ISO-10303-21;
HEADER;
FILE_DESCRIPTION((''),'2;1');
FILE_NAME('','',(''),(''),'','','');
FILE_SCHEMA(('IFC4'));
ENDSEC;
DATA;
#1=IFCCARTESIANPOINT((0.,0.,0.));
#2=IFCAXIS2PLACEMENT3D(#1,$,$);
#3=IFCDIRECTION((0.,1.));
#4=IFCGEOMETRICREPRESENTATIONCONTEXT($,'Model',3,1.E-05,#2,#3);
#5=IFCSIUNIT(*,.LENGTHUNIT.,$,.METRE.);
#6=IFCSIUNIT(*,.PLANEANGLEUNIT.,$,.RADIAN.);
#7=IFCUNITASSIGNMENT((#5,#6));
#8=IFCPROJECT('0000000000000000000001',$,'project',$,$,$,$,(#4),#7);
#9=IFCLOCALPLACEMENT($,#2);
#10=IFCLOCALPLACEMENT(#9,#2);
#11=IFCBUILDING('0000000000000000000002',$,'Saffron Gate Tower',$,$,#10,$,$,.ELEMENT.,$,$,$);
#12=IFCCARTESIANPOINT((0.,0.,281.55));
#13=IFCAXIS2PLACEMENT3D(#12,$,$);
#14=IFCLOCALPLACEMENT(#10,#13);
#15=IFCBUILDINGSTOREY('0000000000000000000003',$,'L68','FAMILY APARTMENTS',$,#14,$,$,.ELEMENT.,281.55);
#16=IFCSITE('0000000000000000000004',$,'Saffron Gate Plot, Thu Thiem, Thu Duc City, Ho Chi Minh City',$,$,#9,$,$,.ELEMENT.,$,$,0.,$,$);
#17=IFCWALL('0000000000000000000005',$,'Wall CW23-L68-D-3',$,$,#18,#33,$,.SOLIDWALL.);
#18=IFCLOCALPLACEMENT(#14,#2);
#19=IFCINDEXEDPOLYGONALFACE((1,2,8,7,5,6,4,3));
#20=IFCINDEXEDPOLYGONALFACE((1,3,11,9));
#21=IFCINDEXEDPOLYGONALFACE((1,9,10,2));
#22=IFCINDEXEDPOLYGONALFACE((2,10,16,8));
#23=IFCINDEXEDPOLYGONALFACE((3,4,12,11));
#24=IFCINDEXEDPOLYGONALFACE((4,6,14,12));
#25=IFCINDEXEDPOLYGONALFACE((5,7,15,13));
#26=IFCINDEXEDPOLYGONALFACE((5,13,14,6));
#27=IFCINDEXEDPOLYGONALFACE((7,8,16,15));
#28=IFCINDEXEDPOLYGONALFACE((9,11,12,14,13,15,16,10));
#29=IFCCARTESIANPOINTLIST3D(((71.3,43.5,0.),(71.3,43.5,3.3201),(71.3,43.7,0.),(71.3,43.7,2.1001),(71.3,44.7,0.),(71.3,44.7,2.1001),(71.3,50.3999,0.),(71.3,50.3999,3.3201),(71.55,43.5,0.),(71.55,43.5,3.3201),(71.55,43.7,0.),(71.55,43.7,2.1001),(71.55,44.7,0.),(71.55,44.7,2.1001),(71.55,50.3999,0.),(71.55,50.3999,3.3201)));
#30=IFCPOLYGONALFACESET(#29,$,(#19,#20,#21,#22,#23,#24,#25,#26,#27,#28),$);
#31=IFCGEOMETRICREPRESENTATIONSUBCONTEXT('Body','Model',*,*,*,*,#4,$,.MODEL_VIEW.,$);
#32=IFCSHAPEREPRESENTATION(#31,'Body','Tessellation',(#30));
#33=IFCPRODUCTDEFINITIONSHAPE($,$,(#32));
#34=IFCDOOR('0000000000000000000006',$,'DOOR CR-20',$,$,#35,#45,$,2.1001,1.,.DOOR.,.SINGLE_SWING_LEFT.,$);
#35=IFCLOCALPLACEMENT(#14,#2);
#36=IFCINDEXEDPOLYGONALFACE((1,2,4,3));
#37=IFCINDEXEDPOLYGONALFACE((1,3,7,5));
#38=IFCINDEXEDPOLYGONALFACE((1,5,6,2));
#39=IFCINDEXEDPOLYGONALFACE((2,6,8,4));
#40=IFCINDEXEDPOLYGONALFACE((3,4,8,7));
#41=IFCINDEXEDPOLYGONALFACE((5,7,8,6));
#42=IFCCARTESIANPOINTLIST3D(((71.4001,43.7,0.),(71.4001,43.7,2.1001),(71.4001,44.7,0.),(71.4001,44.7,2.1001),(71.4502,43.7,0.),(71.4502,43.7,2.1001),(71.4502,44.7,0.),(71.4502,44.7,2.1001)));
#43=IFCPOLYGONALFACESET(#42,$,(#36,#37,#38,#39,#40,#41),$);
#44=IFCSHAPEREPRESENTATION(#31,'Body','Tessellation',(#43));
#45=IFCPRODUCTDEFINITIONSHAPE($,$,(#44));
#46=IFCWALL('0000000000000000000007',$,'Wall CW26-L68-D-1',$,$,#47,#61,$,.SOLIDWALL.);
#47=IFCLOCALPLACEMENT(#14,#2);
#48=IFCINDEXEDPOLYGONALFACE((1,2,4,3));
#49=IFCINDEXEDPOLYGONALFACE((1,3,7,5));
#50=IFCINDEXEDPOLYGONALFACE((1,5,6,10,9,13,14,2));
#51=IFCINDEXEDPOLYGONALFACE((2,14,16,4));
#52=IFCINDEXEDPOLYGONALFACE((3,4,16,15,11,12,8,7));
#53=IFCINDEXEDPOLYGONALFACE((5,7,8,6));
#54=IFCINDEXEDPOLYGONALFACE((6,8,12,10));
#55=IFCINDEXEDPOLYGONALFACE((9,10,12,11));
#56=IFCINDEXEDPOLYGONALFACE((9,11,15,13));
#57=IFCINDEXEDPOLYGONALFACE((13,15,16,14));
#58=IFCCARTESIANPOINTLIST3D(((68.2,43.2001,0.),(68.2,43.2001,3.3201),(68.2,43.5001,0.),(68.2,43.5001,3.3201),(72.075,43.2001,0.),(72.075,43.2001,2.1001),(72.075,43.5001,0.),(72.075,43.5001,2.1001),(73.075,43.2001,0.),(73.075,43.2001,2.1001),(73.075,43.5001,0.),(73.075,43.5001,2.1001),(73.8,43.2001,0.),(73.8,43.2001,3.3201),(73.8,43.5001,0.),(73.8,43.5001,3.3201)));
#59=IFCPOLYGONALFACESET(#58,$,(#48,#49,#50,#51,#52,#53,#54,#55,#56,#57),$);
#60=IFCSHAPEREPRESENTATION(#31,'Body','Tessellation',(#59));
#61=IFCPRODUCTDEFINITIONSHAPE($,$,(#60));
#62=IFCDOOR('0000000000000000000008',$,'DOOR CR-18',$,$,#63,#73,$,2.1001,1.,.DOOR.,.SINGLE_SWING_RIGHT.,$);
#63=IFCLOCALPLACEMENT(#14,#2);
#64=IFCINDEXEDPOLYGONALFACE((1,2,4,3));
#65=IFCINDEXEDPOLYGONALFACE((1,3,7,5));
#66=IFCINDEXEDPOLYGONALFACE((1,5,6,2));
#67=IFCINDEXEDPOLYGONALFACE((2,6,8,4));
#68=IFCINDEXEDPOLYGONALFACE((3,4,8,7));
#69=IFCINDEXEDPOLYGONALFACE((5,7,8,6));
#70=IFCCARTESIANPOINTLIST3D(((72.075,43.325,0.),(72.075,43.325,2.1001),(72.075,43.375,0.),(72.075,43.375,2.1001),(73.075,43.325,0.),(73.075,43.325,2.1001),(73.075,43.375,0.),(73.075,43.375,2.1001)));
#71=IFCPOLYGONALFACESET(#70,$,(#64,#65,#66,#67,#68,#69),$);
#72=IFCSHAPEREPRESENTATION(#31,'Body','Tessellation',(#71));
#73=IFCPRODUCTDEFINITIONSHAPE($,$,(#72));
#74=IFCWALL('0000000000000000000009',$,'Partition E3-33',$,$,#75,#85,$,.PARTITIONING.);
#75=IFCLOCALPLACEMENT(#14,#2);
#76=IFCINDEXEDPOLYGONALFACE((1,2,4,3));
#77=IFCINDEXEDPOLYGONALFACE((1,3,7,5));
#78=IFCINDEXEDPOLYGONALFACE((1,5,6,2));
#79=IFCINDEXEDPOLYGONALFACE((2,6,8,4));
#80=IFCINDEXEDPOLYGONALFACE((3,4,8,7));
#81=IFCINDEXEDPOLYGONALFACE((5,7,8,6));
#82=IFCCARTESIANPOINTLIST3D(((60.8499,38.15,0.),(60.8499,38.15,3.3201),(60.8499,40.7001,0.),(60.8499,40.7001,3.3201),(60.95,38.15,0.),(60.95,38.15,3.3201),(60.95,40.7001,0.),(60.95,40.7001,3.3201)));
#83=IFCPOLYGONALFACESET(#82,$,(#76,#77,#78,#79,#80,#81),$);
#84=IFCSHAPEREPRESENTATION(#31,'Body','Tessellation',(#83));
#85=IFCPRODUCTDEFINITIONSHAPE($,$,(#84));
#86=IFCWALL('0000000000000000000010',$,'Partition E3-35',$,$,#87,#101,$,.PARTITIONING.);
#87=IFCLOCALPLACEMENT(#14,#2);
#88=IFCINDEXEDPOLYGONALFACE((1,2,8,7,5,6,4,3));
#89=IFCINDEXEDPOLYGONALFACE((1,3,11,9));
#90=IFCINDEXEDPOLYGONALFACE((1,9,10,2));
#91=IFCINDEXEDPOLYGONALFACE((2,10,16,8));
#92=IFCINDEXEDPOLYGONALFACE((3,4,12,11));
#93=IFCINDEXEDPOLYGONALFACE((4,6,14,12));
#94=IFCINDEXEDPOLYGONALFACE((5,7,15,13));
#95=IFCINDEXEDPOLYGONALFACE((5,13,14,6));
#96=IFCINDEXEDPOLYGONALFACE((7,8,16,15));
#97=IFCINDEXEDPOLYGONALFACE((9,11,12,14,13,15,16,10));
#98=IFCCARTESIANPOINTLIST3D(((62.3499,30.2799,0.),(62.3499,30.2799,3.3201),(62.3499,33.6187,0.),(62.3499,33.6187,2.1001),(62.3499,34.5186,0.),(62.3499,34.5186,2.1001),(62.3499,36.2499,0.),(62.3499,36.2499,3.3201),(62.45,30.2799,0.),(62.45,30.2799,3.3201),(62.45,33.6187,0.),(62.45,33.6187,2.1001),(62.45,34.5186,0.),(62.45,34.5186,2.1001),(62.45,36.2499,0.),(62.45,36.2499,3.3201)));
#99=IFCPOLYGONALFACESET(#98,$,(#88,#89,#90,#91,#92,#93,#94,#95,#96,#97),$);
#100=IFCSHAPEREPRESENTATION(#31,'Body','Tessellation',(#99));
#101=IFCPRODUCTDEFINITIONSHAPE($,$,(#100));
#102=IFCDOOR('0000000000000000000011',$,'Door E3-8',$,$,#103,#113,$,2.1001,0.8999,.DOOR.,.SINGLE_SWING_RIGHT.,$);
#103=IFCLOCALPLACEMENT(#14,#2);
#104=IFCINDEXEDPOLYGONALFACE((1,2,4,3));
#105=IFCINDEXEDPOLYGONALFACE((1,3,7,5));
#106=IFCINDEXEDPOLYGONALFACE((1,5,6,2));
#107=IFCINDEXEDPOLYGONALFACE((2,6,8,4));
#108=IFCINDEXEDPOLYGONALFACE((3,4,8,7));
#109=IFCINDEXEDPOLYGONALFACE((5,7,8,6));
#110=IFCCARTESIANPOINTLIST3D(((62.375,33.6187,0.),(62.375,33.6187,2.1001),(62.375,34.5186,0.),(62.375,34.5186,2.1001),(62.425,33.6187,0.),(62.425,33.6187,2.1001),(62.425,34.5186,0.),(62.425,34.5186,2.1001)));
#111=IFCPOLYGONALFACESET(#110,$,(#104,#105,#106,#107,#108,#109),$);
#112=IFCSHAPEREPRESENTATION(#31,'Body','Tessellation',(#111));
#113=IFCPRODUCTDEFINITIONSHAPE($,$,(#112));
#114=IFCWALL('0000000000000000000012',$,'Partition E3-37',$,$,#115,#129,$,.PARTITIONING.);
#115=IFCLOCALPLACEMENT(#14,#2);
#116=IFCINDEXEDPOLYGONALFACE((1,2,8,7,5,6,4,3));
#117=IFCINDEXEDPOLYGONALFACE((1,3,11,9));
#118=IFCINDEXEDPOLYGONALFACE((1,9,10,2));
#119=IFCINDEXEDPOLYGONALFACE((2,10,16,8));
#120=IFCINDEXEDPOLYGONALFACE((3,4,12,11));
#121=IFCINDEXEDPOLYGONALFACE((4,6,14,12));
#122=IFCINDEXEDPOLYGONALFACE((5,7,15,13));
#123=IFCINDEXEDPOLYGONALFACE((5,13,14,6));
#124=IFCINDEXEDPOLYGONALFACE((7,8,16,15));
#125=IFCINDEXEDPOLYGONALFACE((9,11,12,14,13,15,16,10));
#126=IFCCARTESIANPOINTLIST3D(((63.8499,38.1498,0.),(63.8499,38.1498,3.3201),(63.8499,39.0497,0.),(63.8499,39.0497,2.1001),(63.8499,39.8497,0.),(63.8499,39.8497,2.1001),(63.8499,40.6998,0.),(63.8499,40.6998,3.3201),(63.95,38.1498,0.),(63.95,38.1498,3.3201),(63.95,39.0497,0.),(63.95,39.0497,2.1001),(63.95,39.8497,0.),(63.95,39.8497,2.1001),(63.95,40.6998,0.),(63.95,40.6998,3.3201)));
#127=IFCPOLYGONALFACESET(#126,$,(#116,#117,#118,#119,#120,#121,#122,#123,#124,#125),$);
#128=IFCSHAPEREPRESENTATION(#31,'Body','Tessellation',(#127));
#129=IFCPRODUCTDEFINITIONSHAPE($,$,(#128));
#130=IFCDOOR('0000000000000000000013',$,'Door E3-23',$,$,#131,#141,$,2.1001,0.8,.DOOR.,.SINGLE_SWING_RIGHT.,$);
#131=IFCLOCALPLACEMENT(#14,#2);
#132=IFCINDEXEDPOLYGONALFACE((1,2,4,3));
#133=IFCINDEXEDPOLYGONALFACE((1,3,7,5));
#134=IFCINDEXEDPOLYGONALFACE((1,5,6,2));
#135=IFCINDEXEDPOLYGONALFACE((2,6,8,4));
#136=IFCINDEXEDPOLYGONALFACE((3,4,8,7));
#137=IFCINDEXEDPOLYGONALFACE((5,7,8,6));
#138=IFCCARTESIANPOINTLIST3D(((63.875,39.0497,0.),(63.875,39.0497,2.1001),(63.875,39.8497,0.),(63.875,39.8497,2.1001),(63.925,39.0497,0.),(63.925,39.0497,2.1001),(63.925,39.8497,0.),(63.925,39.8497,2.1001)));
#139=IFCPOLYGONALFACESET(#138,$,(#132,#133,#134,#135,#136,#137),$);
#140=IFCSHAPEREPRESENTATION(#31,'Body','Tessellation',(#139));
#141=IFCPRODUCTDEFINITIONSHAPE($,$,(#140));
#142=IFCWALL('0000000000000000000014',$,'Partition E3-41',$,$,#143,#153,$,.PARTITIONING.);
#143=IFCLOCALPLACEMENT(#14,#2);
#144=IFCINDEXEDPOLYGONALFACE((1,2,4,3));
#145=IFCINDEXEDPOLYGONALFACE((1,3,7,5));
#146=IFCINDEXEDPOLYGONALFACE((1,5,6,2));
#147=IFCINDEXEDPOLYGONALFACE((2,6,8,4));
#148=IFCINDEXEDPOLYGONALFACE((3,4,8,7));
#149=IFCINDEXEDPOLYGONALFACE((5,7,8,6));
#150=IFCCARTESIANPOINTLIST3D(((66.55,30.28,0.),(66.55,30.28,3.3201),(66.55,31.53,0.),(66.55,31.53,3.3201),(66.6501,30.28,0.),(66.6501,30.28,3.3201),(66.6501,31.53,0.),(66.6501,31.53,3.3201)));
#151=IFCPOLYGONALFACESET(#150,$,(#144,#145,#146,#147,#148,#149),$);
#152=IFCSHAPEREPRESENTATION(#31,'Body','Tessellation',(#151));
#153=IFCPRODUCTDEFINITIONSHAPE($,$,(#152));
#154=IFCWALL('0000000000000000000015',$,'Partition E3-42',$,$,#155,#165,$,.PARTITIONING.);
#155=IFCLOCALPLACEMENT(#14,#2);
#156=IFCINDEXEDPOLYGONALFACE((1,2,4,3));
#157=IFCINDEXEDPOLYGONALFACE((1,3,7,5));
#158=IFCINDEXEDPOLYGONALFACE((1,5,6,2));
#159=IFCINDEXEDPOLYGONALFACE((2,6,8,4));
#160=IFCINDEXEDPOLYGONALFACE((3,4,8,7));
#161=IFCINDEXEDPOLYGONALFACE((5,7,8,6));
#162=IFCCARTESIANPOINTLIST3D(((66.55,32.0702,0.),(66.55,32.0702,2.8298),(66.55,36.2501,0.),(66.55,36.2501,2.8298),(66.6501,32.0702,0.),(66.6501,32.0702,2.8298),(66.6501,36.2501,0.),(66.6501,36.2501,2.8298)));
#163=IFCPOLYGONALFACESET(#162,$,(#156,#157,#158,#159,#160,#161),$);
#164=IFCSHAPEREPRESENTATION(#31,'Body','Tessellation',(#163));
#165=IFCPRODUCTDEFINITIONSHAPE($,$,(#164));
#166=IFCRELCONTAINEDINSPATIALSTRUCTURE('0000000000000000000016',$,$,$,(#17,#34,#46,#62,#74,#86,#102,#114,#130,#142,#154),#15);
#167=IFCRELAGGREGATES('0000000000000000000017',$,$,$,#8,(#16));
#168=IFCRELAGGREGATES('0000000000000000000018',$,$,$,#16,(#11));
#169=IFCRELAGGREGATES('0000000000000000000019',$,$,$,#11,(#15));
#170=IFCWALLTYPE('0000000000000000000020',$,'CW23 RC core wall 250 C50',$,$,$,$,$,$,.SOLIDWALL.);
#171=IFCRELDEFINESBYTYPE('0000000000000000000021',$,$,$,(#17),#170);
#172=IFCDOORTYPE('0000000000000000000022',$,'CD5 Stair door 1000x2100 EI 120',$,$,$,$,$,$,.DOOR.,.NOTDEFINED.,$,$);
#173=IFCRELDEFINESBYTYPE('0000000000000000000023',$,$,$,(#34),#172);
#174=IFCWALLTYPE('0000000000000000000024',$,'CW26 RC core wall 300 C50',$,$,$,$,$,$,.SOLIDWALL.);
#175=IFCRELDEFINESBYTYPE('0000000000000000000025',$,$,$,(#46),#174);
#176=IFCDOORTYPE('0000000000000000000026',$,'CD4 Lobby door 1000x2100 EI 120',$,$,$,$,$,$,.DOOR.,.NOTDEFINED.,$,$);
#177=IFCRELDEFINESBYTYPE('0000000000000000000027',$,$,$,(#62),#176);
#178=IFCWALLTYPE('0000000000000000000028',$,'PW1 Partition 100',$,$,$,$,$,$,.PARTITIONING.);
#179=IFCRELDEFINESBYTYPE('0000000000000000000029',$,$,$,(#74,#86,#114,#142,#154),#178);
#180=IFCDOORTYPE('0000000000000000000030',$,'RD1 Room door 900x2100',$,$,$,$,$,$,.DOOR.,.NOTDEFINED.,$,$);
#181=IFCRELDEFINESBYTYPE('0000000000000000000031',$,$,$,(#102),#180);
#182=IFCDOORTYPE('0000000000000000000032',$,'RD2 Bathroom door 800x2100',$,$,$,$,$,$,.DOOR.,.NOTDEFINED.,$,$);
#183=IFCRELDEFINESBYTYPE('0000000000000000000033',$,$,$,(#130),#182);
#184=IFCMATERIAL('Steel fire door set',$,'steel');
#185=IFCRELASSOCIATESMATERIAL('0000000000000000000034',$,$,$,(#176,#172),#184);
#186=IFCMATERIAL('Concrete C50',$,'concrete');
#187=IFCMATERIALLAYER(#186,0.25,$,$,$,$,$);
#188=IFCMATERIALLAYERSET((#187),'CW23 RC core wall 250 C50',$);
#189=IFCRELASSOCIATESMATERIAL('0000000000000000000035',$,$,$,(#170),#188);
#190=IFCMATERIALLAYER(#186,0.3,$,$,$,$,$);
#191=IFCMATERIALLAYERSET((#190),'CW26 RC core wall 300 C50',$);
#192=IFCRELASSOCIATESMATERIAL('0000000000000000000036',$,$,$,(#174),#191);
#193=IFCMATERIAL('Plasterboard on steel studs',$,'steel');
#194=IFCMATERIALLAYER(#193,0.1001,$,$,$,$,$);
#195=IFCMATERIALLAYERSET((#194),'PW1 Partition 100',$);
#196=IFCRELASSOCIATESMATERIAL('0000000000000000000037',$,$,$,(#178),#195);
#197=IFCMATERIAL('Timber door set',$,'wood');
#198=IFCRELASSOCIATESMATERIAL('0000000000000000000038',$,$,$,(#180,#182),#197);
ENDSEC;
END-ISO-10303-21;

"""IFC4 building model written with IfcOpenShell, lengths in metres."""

from ifc_helpers import new_model, si_unit, direction, frame, frame_2d, origin, place, context, subcontext, project, spatial, rectangle, extrude, material, layer, layer_set, type_object, element, fill, save


model = new_model("IFC4")

# Units and contexts
model_context = context("Model", 3, precision=1e-05, world=origin(), true_north=direction((0.0, 1.0)))
body_context = subcontext(model_context, "Body", "Model", "MODEL_VIEW")
ifc_project = project(units=[si_unit("LENGTHUNIT", "METRE"), si_unit("PLANEANGLEUNIT", "RADIAN")], contexts=[model_context])

# Site, building, storey
site_placement = place(None, origin())
site = spatial("IfcSite", under=ifc_project, at=site_placement, Name="Saffron Gate Plot, Thu Thiem, Thu Duc City, Ho Chi Minh City", CompositionType="ELEMENT", RefElevation=0.0)
building_placement = place(site_placement, origin())
building = spatial("IfcBuilding", under=site, at=building_placement, Name="Saffron Gate Tower", CompositionType="ELEMENT")
storey_placement = place(building_placement, frame((0.0, 0.0, 281.55)))
storey = spatial("IfcBuildingStorey", under=building, at=storey_placement, Name="L68", Description="FAMILY APARTMENTS", CompositionType="ELEMENT", Elevation=281.55)

# Shared definitions
ifc_material_1 = material(Name="Steel fire door set", Category="steel")
door_type_1 = type_object("IfcDoorType", Name="CD4 Lobby door 1000x2100 EI 120", OperationType="NOTDEFINED", PredefinedType="DOOR", material=ifc_material_1)

# Shared definitions
ifc_material_2 = material(Name="Concrete C50", Category="concrete")
ifc_layer_1 = layer(ifc_material_2, 0.25)
ifc_layer_set_1 = layer_set([ifc_layer_1], Name="CW23 RC core wall 250 C50")
wall_type_1 = type_object("IfcWallType", Name="CW23 RC core wall 250 C50", PredefinedType="SOLIDWALL", material=ifc_layer_set_1)

# Walls, openings, doors
wall_1_placement = place(storey_placement, frame((71.425, 43.5, 0.0), z_axis=(0.0, 0.0, 1.0), x_axis=(0.0, 1.0, 0.0)))
wall_1 = element("IfcWall", 1, at=wall_1_placement, inside=storey, type_object=wall_type_1, Name="Wall CW23-L68-D-3", PredefinedType="SOLIDWALL", context=body_context, shape_type="SweptSolid", body=[
    extrude(rectangle(XDim=6.8999, YDim=0.25, at=frame_2d((3.45, 0.0))), origin(), (0.0, 0.0, 1.0), 3.3201),
])
opening_1_placement = place(wall_1_placement, frame((0.2, 0.0, 0.0)))
opening_1 = element("IfcOpeningElement", 2, at=opening_1_placement, cuts=wall_1, PredefinedType="OPENING", context=body_context, shape_type="SweptSolid", body=[
    extrude(rectangle(XDim=1.0, YDim=2.1001, at=frame_2d((0.5, 1.05))), frame((0.0, 0.135, 0.0), z_axis=(0.0, -1.0, 0.0), x_axis=(1.0, 0.0, 0.0)), (0.0, 0.0, 1.0), 0.27),
])
door_type_2 = type_object("IfcDoorType", Name="CD5 Stair door 1000x2100 EI 120", OperationType="NOTDEFINED", PredefinedType="DOOR", material=ifc_material_1)
door_1_placement = place(opening_1_placement, origin())
door_1 = element("IfcDoor", 3, at=door_1_placement, inside=storey, type_object=door_type_2, Name="DOOR CR-20", OperationType="SINGLE_SWING_LEFT", OverallHeight=2.1001, OverallWidth=1.0, PredefinedType="DOOR", context=body_context, shape_type="SweptSolid", body=[
    extrude(rectangle(XDim=1.0, YDim=2.1001, at=frame_2d((0.5, 1.05))), frame((0.0, 0.0249, 0.0), z_axis=(0.0, -1.0, 0.0), x_axis=(1.0, 0.0, 0.0)), (0.0, 0.0, 1.0), 0.05),
])
fill(opening_1, door_1)
ifc_layer_2 = layer(ifc_material_2, 0.3)
ifc_layer_set_2 = layer_set([ifc_layer_2], Name="CW26 RC core wall 300 C50")
wall_type_2 = type_object("IfcWallType", Name="CW26 RC core wall 300 C50", PredefinedType="SOLIDWALL", material=ifc_layer_set_2)
wall_2_placement = place(storey_placement, frame((68.2, 43.3501, 0.0), z_axis=(0.0, 0.0, 1.0), x_axis=(1.0, 0.0, 0.0)))
wall_2 = element("IfcWall", 4, at=wall_2_placement, inside=storey, type_object=wall_type_2, Name="Wall CW26-L68-D-1", PredefinedType="SOLIDWALL", context=body_context, shape_type="SweptSolid", body=[
    extrude(rectangle(XDim=5.6001, YDim=0.3, at=frame_2d((2.8, 0.0))), origin(), (0.0, 0.0, 1.0), 3.3201),
])
opening_2_placement = place(wall_2_placement, frame((3.875, 0.0, 0.0)))
opening_2 = element("IfcOpeningElement", 5, at=opening_2_placement, cuts=wall_2, PredefinedType="OPENING", context=body_context, shape_type="SweptSolid", body=[
    extrude(rectangle(XDim=1.0, YDim=2.1001, at=frame_2d((0.5, 1.05))), frame((0.0, 0.1602, 0.0), z_axis=(0.0, -1.0, 0.0), x_axis=(1.0, 0.0, 0.0)), (0.0, 0.0, 1.0), 0.3201),
])
door_2_placement = place(opening_2_placement, origin())
door_2 = element("IfcDoor", 6, at=door_2_placement, inside=storey, type_object=door_type_1, Name="DOOR CR-18", OperationType="SINGLE_SWING_RIGHT", OverallHeight=2.1001, OverallWidth=1.0, PredefinedType="DOOR", context=body_context, shape_type="SweptSolid", body=[
    extrude(rectangle(XDim=1.0, YDim=2.1001, at=frame_2d((0.5, 1.05))), frame((0.0, 0.0249, 0.0), z_axis=(0.0, -1.0, 0.0), x_axis=(1.0, 0.0, 0.0)), (0.0, 0.0, 1.0), 0.05),
])
fill(opening_2, door_2)

# Wall
ifc_material_3 = material(Name="Plasterboard on steel studs", Category="steel")
ifc_layer_3 = layer(ifc_material_3, 0.1001)
ifc_layer_set_3 = layer_set([ifc_layer_3], Name="PW1 Partition 100")
wall_type_3 = type_object("IfcWallType", Name="PW1 Partition 100", PredefinedType="PARTITIONING", material=ifc_layer_set_3)
wall_3_placement = place(storey_placement, frame((60.8999, 40.7, 0.0), z_axis=(0.0, 0.0, 1.0), x_axis=(0.0, -1.0, 0.0)))
element("IfcWall", 7, at=wall_3_placement, inside=storey, type_object=wall_type_3, Name="Partition E3-33", PredefinedType="PARTITIONING", context=body_context, shape_type="SweptSolid", body=[
    extrude(rectangle(XDim=2.55, YDim=0.1001, at=frame_2d((1.2749, 0.0))), origin(), (0.0, 0.0, 1.0), 3.3201),
])

# Walls, openings, doors
wall_4_placement = place(storey_placement, frame((62.3999, 30.28, 0.0), z_axis=(0.0, 0.0, 1.0), x_axis=(0.0, 1.0, 0.0)))
wall_4 = element("IfcWall", 8, at=wall_4_placement, inside=storey, type_object=wall_type_3, Name="Partition E3-35", PredefinedType="PARTITIONING", context=body_context, shape_type="SweptSolid", body=[
    extrude(rectangle(XDim=5.97, YDim=0.1001, at=frame_2d((2.9849, 0.0))), origin(), (0.0, 0.0, 1.0), 3.3201),
])
opening_3_placement = place(wall_4_placement, frame((3.3386, 0.0, 0.0)))
opening_3 = element("IfcOpeningElement", 9, at=opening_3_placement, cuts=wall_4, PredefinedType="OPENING", context=body_context, shape_type="SweptSolid", body=[
    extrude(rectangle(XDim=0.8999, YDim=2.1001, at=frame_2d((0.45, 1.05))), frame((0.0, 0.0601, 0.0), z_axis=(0.0, -1.0, 0.0), x_axis=(1.0, 0.0, 0.0)), (0.0, 0.0, 1.0), 0.1201),
])
ifc_material_4 = material(Name="Timber door set", Category="wood")
door_type_3 = type_object("IfcDoorType", Name="RD1 Room door 900x2100", OperationType="NOTDEFINED", PredefinedType="DOOR", material=ifc_material_4)
door_3_placement = place(opening_3_placement, origin())
door_3 = element("IfcDoor", 10, at=door_3_placement, inside=storey, type_object=door_type_3, Name="Door E3-8", OperationType="SINGLE_SWING_RIGHT", OverallHeight=2.1001, OverallWidth=0.8999, PredefinedType="DOOR", context=body_context, shape_type="SweptSolid", body=[
    extrude(rectangle(XDim=0.8999, YDim=2.1001, at=frame_2d((0.45, 1.05))), frame((0.0, 0.0249, 0.0), z_axis=(0.0, -1.0, 0.0), x_axis=(1.0, 0.0, 0.0)), (0.0, 0.0, 1.0), 0.05),
])
fill(opening_3, door_3)
wall_5_placement = place(storey_placement, frame((63.8999, 38.1499, 0.0), z_axis=(0.0, 0.0, 1.0), x_axis=(0.0, 1.0, 0.0)))
wall_5 = element("IfcWall", 11, at=wall_5_placement, inside=storey, type_object=wall_type_3, Name="Partition E3-37", PredefinedType="PARTITIONING", context=body_context, shape_type="SweptSolid", body=[
    extrude(rectangle(XDim=2.55, YDim=0.1001, at=frame_2d((1.2749, 0.0))), origin(), (0.0, 0.0, 1.0), 3.3201),
])
opening_4_placement = place(wall_5_placement, frame((0.8999, 0.0, 0.0)))
opening_4 = element("IfcOpeningElement", 12, at=opening_4_placement, cuts=wall_5, PredefinedType="OPENING", context=body_context, shape_type="SweptSolid", body=[
    extrude(rectangle(XDim=0.8, YDim=2.1001, at=frame_2d((0.3999, 1.05))), frame((0.0, 0.0601, 0.0), z_axis=(0.0, -1.0, 0.0), x_axis=(1.0, 0.0, 0.0)), (0.0, 0.0, 1.0), 0.1201),
])
door_type_4 = type_object("IfcDoorType", Name="RD2 Bathroom door 800x2100", OperationType="NOTDEFINED", PredefinedType="DOOR", material=ifc_material_4)
door_4_placement = place(opening_4_placement, origin())
door_4 = element("IfcDoor", 13, at=door_4_placement, inside=storey, type_object=door_type_4, Name="Door E3-23", OperationType="SINGLE_SWING_RIGHT", OverallHeight=2.1001, OverallWidth=0.8, PredefinedType="DOOR", context=body_context, shape_type="SweptSolid", body=[
    extrude(rectangle(XDim=0.8, YDim=2.1001, at=frame_2d((0.3999, 1.05))), frame((0.0, 0.0249, 0.0), z_axis=(0.0, -1.0, 0.0), x_axis=(1.0, 0.0, 0.0)), (0.0, 0.0, 1.0), 0.05),
])
fill(opening_4, door_4)

# Walls
wall_6_placement = place(storey_placement, frame((66.6001, 31.53, 0.0), z_axis=(0.0, 0.0, 1.0), x_axis=(0.0, -1.0, 0.0)))
element("IfcWall", 14, at=wall_6_placement, inside=storey, type_object=wall_type_3, Name="Partition E3-41", PredefinedType="PARTITIONING", context=body_context, shape_type="SweptSolid", body=[
    extrude(rectangle(XDim=1.25, YDim=0.1001, at=frame_2d((0.625, 0.0))), origin(), (0.0, 0.0, 1.0), 3.3201),
])
wall_7_placement = place(storey_placement, frame((66.6001, 36.25, 0.0), z_axis=(0.0, 0.0, 1.0), x_axis=(0.0, -1.0, 0.0)))
element("IfcWall", 15, at=wall_7_placement, inside=storey, type_object=wall_type_3, Name="Partition E3-42", PredefinedType="PARTITIONING", context=body_context, shape_type="SweptSolid", body=[
    extrude(rectangle(XDim=4.1799, YDim=0.1001, at=frame_2d((2.0898, 0.0))), origin(), (0.0, 0.0, 1.0), 2.8298),
])

save(model, "model.ifc")
